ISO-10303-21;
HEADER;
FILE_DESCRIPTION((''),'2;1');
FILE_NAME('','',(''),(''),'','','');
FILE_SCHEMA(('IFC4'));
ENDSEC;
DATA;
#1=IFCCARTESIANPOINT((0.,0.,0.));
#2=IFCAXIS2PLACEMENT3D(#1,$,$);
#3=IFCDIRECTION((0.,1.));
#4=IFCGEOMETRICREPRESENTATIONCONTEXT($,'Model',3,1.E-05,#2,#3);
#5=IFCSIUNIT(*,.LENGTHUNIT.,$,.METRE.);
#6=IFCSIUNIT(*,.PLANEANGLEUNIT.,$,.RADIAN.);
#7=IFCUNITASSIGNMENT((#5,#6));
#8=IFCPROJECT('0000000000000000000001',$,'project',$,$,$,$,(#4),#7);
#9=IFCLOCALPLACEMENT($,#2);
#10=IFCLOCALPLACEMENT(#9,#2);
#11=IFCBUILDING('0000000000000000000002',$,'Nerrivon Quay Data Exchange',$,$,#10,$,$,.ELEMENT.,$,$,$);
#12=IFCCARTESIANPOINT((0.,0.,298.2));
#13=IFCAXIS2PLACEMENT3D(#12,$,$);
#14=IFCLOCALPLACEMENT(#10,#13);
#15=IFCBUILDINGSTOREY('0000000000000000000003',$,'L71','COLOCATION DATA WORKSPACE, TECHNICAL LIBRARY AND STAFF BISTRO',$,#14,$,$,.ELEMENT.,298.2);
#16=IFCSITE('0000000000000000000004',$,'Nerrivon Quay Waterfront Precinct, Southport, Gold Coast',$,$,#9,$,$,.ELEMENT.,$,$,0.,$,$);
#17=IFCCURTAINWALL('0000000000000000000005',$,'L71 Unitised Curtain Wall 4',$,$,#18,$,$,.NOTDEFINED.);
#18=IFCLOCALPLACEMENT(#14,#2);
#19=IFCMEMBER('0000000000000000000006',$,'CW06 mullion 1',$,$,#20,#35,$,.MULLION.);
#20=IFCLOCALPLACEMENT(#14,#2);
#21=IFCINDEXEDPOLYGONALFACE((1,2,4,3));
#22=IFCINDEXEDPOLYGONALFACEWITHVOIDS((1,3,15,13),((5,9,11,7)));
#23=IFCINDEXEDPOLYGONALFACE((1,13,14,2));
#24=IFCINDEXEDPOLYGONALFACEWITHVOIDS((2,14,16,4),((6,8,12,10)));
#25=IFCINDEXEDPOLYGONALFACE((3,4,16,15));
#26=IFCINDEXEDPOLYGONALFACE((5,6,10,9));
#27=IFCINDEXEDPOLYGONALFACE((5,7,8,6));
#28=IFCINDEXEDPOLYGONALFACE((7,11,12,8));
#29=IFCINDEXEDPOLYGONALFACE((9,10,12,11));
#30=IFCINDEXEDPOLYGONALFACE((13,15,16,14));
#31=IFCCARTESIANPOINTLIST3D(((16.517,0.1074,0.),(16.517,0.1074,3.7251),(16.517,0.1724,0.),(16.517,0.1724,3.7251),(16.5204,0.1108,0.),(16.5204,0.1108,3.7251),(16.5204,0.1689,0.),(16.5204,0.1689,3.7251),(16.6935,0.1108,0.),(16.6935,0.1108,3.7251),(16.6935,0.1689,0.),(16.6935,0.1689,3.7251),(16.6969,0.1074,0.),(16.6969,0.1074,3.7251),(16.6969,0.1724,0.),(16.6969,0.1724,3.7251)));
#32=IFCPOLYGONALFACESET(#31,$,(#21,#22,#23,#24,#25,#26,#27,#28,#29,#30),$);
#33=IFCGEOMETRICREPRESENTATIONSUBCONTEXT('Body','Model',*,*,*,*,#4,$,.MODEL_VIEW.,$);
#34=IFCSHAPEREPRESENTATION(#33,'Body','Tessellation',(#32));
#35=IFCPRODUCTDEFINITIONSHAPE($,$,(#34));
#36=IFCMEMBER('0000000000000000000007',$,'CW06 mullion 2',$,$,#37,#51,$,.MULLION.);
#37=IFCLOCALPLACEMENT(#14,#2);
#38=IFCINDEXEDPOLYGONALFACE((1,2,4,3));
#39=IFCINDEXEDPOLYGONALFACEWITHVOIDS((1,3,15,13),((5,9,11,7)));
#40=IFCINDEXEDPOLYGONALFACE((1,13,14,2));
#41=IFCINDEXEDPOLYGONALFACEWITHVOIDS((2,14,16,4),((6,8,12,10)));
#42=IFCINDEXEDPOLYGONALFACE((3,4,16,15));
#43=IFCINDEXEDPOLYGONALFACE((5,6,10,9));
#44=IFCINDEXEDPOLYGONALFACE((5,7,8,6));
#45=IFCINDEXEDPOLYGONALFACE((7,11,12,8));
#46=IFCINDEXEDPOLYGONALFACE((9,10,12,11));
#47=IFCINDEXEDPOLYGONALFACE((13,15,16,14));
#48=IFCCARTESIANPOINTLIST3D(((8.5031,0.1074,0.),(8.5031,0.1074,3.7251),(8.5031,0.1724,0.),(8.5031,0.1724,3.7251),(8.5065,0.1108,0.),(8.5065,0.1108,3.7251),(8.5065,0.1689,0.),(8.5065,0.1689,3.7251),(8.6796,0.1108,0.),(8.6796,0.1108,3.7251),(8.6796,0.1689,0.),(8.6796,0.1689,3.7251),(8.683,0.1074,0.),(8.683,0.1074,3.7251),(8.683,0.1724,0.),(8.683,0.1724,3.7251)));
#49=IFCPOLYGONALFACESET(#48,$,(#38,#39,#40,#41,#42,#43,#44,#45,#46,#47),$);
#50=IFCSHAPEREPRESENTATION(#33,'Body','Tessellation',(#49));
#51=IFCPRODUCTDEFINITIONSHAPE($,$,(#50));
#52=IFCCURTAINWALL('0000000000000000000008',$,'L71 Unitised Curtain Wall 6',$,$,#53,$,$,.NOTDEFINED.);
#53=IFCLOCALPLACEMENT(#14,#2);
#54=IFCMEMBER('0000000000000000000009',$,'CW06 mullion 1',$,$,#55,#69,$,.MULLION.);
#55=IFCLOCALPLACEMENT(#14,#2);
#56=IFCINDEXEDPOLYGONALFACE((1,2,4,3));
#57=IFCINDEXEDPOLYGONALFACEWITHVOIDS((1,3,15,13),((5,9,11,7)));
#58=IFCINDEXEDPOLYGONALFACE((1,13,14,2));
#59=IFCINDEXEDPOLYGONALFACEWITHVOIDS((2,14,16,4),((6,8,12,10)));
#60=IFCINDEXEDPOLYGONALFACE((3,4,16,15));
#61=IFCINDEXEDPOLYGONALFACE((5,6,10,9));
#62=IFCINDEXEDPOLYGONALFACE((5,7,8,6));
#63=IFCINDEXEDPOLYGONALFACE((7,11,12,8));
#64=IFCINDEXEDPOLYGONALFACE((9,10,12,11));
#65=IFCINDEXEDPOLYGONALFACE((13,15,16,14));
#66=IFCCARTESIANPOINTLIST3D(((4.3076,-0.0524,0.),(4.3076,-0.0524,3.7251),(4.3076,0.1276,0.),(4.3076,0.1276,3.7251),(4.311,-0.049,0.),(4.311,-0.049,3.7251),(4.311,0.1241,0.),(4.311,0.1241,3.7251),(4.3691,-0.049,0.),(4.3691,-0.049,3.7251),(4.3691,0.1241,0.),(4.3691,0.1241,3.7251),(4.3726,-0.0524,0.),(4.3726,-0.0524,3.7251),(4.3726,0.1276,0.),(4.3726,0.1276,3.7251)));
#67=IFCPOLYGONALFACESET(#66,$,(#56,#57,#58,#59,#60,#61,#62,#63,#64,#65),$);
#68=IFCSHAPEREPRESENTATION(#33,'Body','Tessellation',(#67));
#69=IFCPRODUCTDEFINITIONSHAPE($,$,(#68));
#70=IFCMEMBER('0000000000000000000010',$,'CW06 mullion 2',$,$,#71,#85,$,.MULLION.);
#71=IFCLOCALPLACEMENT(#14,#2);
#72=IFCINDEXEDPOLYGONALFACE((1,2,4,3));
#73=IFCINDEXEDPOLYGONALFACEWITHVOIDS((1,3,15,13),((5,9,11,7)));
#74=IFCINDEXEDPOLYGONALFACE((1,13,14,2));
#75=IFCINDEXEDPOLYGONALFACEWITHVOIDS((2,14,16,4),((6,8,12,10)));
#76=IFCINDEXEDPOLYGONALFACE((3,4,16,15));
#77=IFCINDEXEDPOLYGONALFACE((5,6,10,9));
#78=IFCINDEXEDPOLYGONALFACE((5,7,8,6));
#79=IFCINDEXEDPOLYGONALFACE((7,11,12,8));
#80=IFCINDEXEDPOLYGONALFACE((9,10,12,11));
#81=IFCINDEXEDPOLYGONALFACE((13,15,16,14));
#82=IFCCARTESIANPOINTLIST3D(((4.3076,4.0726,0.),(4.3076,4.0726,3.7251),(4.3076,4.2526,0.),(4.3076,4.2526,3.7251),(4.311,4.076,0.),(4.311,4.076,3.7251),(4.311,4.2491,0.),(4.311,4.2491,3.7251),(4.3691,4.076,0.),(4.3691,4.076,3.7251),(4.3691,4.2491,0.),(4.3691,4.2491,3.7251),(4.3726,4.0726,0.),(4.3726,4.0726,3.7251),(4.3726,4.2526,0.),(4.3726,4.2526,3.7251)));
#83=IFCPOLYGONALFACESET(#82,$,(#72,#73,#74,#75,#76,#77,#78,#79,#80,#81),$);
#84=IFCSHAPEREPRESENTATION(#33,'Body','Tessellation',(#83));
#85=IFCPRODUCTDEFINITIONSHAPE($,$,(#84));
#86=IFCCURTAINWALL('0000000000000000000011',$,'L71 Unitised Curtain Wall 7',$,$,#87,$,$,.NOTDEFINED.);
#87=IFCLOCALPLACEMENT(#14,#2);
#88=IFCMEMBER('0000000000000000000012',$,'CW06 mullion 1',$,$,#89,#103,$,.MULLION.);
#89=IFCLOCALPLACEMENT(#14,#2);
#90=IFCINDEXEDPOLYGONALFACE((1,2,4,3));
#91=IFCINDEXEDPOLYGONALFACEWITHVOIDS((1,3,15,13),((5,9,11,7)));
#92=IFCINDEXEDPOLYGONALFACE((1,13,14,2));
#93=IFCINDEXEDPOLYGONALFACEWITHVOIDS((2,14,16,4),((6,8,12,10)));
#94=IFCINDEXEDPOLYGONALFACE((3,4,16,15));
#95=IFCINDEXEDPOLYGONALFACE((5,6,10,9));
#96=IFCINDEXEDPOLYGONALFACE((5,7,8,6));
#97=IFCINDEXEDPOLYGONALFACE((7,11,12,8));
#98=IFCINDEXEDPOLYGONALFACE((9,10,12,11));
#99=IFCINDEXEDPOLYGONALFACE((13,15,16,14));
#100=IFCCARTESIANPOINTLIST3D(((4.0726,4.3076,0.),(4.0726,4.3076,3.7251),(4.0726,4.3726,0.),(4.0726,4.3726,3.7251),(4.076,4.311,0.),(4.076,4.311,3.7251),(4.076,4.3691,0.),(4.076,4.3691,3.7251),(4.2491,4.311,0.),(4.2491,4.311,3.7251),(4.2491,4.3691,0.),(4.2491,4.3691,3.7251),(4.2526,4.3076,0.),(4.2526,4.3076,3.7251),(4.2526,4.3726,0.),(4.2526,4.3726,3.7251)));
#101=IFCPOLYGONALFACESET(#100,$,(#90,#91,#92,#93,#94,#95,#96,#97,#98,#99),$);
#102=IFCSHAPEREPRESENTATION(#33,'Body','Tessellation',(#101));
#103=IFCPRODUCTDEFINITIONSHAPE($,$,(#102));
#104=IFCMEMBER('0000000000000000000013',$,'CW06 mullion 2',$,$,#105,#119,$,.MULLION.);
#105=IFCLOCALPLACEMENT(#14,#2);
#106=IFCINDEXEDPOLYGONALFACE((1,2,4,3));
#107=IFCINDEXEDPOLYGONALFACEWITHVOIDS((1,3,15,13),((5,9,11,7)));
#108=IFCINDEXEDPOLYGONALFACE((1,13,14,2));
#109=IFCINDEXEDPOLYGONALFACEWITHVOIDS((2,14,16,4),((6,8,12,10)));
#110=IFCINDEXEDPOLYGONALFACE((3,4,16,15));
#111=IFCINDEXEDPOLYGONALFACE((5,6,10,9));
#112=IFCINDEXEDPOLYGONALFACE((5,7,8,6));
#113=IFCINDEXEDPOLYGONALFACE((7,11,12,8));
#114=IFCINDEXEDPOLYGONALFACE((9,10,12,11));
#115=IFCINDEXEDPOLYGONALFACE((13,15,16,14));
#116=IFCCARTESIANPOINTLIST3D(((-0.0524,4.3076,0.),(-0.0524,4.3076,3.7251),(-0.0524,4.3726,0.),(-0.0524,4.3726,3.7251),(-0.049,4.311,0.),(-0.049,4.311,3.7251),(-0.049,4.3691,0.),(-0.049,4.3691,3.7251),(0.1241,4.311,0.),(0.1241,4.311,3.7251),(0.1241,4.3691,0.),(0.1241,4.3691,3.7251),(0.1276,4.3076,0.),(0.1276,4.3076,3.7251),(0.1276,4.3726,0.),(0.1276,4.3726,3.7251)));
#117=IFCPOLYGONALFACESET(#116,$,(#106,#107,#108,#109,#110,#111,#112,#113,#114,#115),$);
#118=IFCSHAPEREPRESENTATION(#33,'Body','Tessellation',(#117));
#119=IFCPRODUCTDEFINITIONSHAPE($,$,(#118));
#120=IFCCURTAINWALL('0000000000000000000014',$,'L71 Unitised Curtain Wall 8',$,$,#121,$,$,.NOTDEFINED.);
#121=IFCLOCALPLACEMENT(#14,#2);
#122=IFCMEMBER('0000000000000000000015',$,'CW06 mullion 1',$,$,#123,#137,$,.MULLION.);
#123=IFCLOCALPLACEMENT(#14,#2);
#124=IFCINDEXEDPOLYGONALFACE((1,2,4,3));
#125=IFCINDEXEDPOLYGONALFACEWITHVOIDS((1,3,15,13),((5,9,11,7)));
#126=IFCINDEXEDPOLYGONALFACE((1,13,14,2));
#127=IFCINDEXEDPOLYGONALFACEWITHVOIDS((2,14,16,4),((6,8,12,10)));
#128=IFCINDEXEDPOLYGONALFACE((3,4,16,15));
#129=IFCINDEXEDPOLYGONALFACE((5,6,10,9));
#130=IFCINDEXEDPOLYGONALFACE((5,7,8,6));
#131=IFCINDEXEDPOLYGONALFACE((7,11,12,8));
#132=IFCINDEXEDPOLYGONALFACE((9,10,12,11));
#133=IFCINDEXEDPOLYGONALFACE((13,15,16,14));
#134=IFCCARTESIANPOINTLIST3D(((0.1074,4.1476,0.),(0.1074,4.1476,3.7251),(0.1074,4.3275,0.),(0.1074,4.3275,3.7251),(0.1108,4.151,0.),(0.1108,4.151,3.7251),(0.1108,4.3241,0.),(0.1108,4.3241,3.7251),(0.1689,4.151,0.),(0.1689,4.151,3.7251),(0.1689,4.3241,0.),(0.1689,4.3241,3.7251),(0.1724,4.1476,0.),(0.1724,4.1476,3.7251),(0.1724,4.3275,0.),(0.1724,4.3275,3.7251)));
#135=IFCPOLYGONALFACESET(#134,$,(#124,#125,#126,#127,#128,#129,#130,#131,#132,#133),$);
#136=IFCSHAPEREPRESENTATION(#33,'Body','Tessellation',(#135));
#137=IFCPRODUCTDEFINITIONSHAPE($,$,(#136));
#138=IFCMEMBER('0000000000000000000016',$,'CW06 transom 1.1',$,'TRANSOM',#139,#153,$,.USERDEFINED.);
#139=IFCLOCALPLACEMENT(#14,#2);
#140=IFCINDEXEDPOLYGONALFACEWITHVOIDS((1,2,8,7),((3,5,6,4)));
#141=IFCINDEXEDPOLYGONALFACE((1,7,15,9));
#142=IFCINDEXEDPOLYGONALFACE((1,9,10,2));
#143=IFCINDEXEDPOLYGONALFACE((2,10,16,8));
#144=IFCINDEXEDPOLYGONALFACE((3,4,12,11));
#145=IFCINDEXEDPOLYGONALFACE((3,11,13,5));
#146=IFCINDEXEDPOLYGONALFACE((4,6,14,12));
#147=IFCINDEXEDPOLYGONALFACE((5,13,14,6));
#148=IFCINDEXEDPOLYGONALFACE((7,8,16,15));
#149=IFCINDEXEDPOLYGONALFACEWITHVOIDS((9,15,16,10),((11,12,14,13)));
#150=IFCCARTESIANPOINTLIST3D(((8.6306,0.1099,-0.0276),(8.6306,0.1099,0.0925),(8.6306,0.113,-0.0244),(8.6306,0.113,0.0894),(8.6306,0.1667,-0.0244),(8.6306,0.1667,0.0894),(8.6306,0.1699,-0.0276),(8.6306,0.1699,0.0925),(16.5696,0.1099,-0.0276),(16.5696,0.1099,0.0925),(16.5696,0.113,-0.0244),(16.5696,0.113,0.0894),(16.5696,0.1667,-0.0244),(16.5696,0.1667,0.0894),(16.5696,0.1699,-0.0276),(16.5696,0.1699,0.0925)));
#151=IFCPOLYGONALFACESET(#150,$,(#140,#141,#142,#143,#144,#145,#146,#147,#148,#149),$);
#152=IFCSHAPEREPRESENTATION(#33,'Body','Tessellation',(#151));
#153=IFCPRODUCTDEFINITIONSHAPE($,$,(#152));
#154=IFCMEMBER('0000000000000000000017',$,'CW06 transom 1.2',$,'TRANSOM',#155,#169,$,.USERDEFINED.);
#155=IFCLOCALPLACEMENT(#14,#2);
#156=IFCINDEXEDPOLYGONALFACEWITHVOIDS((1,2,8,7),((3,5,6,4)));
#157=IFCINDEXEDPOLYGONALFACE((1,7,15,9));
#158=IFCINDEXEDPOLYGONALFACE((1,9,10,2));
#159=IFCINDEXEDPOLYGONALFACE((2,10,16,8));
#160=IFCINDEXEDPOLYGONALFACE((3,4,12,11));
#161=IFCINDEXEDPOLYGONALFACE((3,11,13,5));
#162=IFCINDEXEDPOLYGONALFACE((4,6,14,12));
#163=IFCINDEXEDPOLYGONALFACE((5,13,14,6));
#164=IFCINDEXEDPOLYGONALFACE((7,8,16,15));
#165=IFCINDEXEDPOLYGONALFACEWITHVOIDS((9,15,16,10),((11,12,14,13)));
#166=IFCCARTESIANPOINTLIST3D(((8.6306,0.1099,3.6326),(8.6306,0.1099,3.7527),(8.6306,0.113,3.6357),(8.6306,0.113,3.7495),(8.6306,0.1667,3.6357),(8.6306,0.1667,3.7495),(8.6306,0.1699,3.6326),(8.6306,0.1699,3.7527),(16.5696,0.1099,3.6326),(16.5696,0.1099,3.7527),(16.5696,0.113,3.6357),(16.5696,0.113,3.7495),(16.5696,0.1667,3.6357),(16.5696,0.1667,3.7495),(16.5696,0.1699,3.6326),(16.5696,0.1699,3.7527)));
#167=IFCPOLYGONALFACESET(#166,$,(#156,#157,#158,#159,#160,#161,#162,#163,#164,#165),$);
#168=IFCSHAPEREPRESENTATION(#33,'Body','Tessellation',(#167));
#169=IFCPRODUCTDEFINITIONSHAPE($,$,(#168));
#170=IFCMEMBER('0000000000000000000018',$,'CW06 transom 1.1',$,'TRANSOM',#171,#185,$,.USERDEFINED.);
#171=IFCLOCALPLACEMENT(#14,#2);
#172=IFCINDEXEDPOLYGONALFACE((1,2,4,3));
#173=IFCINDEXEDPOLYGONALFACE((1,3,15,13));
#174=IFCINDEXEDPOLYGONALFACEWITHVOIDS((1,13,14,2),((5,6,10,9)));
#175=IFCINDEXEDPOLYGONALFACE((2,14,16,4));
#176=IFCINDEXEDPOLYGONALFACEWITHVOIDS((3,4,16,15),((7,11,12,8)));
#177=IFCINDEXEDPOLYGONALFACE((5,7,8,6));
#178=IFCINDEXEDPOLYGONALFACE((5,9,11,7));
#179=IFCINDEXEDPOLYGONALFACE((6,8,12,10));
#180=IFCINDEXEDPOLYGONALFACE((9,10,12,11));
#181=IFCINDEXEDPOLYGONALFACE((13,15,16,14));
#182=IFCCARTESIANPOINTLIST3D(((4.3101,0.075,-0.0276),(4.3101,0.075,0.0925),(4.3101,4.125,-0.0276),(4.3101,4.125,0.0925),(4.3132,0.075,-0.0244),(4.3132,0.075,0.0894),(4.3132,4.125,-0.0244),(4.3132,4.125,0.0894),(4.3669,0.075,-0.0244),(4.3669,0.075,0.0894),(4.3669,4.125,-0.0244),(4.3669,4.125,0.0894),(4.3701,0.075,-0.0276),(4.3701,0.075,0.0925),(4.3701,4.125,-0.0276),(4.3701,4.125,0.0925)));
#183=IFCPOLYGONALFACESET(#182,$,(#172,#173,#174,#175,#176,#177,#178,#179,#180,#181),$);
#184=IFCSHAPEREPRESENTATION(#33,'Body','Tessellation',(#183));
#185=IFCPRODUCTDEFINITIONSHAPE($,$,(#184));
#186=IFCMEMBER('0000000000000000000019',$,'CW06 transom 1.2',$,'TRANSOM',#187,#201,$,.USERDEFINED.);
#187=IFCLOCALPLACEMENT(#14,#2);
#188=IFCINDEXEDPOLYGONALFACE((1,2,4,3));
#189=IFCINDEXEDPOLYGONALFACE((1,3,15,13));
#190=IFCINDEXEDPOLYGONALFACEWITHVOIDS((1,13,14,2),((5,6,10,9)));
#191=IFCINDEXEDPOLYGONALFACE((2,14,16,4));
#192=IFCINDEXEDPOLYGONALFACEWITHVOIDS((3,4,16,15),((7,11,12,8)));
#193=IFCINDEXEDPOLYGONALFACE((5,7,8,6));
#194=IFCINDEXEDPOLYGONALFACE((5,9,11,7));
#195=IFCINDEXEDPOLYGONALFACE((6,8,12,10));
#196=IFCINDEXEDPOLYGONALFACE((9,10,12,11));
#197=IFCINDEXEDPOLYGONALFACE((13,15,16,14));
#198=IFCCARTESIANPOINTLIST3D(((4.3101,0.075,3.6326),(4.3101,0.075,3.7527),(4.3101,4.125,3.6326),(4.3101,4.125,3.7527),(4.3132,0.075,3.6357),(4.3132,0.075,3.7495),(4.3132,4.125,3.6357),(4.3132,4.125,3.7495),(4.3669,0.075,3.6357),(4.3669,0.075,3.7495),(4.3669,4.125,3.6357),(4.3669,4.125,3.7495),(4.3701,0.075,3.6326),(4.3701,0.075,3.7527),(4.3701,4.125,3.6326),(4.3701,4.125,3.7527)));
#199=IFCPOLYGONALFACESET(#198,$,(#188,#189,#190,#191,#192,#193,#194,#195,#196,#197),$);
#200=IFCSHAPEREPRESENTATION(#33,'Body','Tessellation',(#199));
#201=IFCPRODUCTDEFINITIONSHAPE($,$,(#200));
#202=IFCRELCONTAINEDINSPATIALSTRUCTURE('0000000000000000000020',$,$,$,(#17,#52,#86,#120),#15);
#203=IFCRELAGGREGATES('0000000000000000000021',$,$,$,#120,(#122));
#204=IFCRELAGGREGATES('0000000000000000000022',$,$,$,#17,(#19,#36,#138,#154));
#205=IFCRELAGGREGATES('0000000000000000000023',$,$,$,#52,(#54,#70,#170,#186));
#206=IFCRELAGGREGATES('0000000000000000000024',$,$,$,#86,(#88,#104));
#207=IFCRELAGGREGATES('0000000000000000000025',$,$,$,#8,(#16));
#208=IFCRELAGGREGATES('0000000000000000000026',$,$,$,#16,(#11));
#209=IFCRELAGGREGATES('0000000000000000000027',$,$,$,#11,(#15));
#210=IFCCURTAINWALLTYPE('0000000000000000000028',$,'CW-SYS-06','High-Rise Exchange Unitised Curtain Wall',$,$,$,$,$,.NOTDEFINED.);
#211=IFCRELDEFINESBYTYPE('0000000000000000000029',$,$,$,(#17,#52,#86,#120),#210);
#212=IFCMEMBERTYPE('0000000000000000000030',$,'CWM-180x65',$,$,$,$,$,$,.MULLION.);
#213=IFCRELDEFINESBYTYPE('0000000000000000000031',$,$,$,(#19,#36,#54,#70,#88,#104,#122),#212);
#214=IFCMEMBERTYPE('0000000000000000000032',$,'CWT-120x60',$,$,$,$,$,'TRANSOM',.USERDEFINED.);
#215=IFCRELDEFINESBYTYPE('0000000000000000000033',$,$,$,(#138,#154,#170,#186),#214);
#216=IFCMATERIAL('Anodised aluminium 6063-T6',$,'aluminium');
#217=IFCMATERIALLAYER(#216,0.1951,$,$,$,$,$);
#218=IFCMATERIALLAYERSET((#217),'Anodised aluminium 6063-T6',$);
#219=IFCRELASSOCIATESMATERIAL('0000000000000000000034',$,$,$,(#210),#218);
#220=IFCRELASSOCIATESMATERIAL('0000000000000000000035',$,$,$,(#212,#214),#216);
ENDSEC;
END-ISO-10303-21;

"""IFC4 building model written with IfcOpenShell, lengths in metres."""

from ifc_helpers import new_model, si_unit, direction, frame, origin, origin_2d, place, context, subcontext, project, spatial, hollow_rectangle, extrude, material, layer, layer_set, material_profile, profile_set, type_object, element, aggregate, save


model = new_model("IFC4")

# Units and contexts
model_context = context("Model", 3, precision=1e-05, world=origin(), true_north=direction((0.0, 1.0)))
body_context = subcontext(model_context, "Body", "Model", "MODEL_VIEW")
ifc_project = project(units=[si_unit("LENGTHUNIT", "METRE"), si_unit("PLANEANGLEUNIT", "RADIAN")], contexts=[model_context])

# Site, building, storey
site_placement = place(None, origin())
site = spatial("IfcSite", under=ifc_project, at=site_placement, Name="Nerrivon Quay Waterfront Precinct, Southport, Gold Coast", CompositionType="ELEMENT", RefElevation=0.0)
building_placement = place(site_placement, origin())
building = spatial("IfcBuilding", under=site, at=building_placement, Name="Nerrivon Quay Data Exchange", CompositionType="ELEMENT")
storey_placement = place(building_placement, frame((0.0, 0.0, 298.2)))
storey = spatial("IfcBuildingStorey", under=building, at=storey_placement, Name="L71", Description="COLOCATION DATA WORKSPACE, TECHNICAL LIBRARY AND STAFF BISTRO", CompositionType="ELEMENT", Elevation=298.2)

# Curtain walls, members
ifc_material_1 = material(Name="Anodised aluminium 6063-T6", Category="aluminium")
ifc_layer_1 = layer(ifc_material_1, 0.1951)
ifc_layer_set_1 = layer_set([ifc_layer_1], Name="Anodised aluminium 6063-T6")
curtain_wall_type = type_object("IfcCurtainWallType", Name="CW-SYS-06", Description="High-Rise Exchange Unitised Curtain Wall", PredefinedType="NOTDEFINED", material=ifc_layer_set_1)
curtain_wall_1_placement = place(storey_placement, origin())
curtain_wall_1 = element("IfcCurtainWall", 1, at=curtain_wall_1_placement, inside=storey, type_object=curtain_wall_type, Name="L71 Unitised Curtain Wall 4", PredefinedType="NOTDEFINED")
ifc_material_profile_1 = material_profile(ifc_material_1, hollow_rectangle(XDim=0.0649, YDim=0.1799, WallThickness=0.0034, at=origin_2d()), Name="ALU-MULL-180x65")
ifc_profile_set_1 = profile_set([ifc_material_profile_1], Name="Anodised aluminium 6063-T6")
member_type_1 = type_object("IfcMemberType", Name="CWM-180x65", PredefinedType="MULLION", material=ifc_profile_set_1)
member_1_placement = place(storey_placement, frame((16.6069, 0.1399, 0.0), z_axis=(0.0, 0.0, 1.0), x_axis=(0.0, -1.0, 0.0)))
member_1 = element("IfcMember", 2, at=member_1_placement, type_object=member_type_1, Name="CW06 mullion 1", PredefinedType="MULLION", context=body_context, shape_type="SweptSolid", body=[
    extrude(hollow_rectangle(XDim=0.0649, YDim=0.1799, WallThickness=0.0034, at=origin_2d()), origin(), (0.0, 0.0, 1.0), 3.7251),
])
member_2_placement = place(storey_placement, frame((8.593, 0.1399, 0.0), z_axis=(0.0, 0.0, 1.0), x_axis=(0.0, -1.0, 0.0)))
member_2 = element("IfcMember", 3, at=member_2_placement, type_object=member_type_1, Name="CW06 mullion 2", PredefinedType="MULLION", context=body_context, shape_type="SweptSolid", body=[
    extrude(hollow_rectangle(XDim=0.0649, YDim=0.1799, WallThickness=0.0034, at=origin_2d()), origin(), (0.0, 0.0, 1.0), 3.7251),
])
curtain_wall_2_placement = place(storey_placement, origin())
curtain_wall_2 = element("IfcCurtainWall", 4, at=curtain_wall_2_placement, inside=storey, type_object=curtain_wall_type, Name="L71 Unitised Curtain Wall 6", PredefinedType="NOTDEFINED")
member_3_placement = place(storey_placement, frame((4.3401, 0.0376, 0.0), z_axis=(0.0, 0.0, 1.0), x_axis=(-1.0, 0.0, 0.0)))
member_3 = element("IfcMember", 5, at=member_3_placement, type_object=member_type_1, Name="CW06 mullion 1", PredefinedType="MULLION", context=body_context, shape_type="SweptSolid", body=[
    extrude(hollow_rectangle(XDim=0.0649, YDim=0.1799, WallThickness=0.0034, at=origin_2d()), origin(), (0.0, 0.0, 1.0), 3.7251),
])
member_4_placement = place(storey_placement, frame((4.3401, 4.1626, 0.0), z_axis=(0.0, 0.0, 1.0), x_axis=(-1.0, 0.0, 0.0)))
member_4 = element("IfcMember", 6, at=member_4_placement, type_object=member_type_1, Name="CW06 mullion 2", PredefinedType="MULLION", context=body_context, shape_type="SweptSolid", body=[
    extrude(hollow_rectangle(XDim=0.0649, YDim=0.1799, WallThickness=0.0034, at=origin_2d()), origin(), (0.0, 0.0, 1.0), 3.7251),
])
curtain_wall_3_placement = place(storey_placement, origin())
curtain_wall_3 = element("IfcCurtainWall", 7, at=curtain_wall_3_placement, inside=storey, type_object=curtain_wall_type, Name="L71 Unitised Curtain Wall 7", PredefinedType="NOTDEFINED")
member_5_placement = place(storey_placement, frame((4.1626, 4.3401, 0.0), z_axis=(0.0, 0.0, 1.0), x_axis=(0.0, -1.0, 0.0)))
member_5 = element("IfcMember", 8, at=member_5_placement, type_object=member_type_1, Name="CW06 mullion 1", PredefinedType="MULLION", context=body_context, shape_type="SweptSolid", body=[
    extrude(hollow_rectangle(XDim=0.0649, YDim=0.1799, WallThickness=0.0034, at=origin_2d()), origin(), (0.0, 0.0, 1.0), 3.7251),
])
member_6_placement = place(storey_placement, frame((0.0376, 4.3401, 0.0), z_axis=(0.0, 0.0, 1.0), x_axis=(0.0, -1.0, 0.0)))
member_6 = element("IfcMember", 9, at=member_6_placement, type_object=member_type_1, Name="CW06 mullion 2", PredefinedType="MULLION", context=body_context, shape_type="SweptSolid", body=[
    extrude(hollow_rectangle(XDim=0.0649, YDim=0.1799, WallThickness=0.0034, at=origin_2d()), origin(), (0.0, 0.0, 1.0), 3.7251),
])

# Curtain wall, member
curtain_wall_4_placement = place(storey_placement, origin())
curtain_wall_4 = element("IfcCurtainWall", 10, at=curtain_wall_4_placement, inside=storey, type_object=curtain_wall_type, Name="L71 Unitised Curtain Wall 8", PredefinedType="NOTDEFINED")
member_7_placement = place(storey_placement, frame((0.1399, 4.2375, 0.0), z_axis=(0.0, 0.0, 1.0), x_axis=(-1.0, 0.0, 0.0)))
member_7 = element("IfcMember", 11, at=member_7_placement, type_object=member_type_1, Name="CW06 mullion 1", PredefinedType="MULLION", context=body_context, shape_type="SweptSolid", body=[
    extrude(hollow_rectangle(XDim=0.0649, YDim=0.1799, WallThickness=0.0034, at=origin_2d()), origin(), (0.0, 0.0, 1.0), 3.7251),
])

# Members
ifc_material_profile_2 = material_profile(ifc_material_1, hollow_rectangle(XDim=0.0601, YDim=0.1201, WallThickness=0.0032, at=origin_2d()), Name="ALU-TRAN-120x60")
ifc_profile_set_2 = profile_set([ifc_material_profile_2], Name="Anodised aluminium 6063-T6")
member_type_2 = type_object("IfcMemberType", Name="CWT-120x60", ElementType="TRANSOM", PredefinedType="USERDEFINED", material=ifc_profile_set_2)
member_8_placement = place(storey_placement, frame((16.5696, 0.1399, 0.0325), z_axis=(-1.0, 0.0, 0.0), x_axis=(0.0, -1.0, 0.0)))
member_8 = element("IfcMember", 12, at=member_8_placement, type_object=member_type_2, Name="CW06 transom 1.1", ObjectType="TRANSOM", PredefinedType="USERDEFINED", context=body_context, shape_type="SweptSolid", body=[
    extrude(hollow_rectangle(XDim=0.0601, YDim=0.1201, WallThickness=0.0032, at=origin_2d()), origin(), (0.0, 0.0, 1.0), 7.939),
])
member_9_placement = place(storey_placement, frame((16.5696, 0.1399, 3.6926), z_axis=(-1.0, 0.0, 0.0), x_axis=(0.0, -1.0, 0.0)))
member_9 = element("IfcMember", 13, at=member_9_placement, type_object=member_type_2, Name="CW06 transom 1.2", ObjectType="TRANSOM", PredefinedType="USERDEFINED", context=body_context, shape_type="SweptSolid", body=[
    extrude(hollow_rectangle(XDim=0.0601, YDim=0.1201, WallThickness=0.0032, at=origin_2d()), origin(), (0.0, 0.0, 1.0), 7.939),
])
member_10_placement = place(storey_placement, frame((4.3401, 0.075, 0.0325), z_axis=(0.0, 1.0, 0.0), x_axis=(-1.0, 0.0, 0.0)))
member_10 = element("IfcMember", 14, at=member_10_placement, type_object=member_type_2, Name="CW06 transom 1.1", ObjectType="TRANSOM", PredefinedType="USERDEFINED", context=body_context, shape_type="SweptSolid", body=[
    extrude(hollow_rectangle(XDim=0.0601, YDim=0.1201, WallThickness=0.0032, at=origin_2d()), origin(), (0.0, 0.0, 1.0), 4.05),
])
member_11_placement = place(storey_placement, frame((4.3401, 0.075, 3.6926), z_axis=(0.0, 1.0, 0.0), x_axis=(-1.0, 0.0, 0.0)))
member_11 = element("IfcMember", 15, at=member_11_placement, type_object=member_type_2, Name="CW06 transom 1.2", ObjectType="TRANSOM", PredefinedType="USERDEFINED", context=body_context, shape_type="SweptSolid", body=[
    extrude(hollow_rectangle(XDim=0.0601, YDim=0.1201, WallThickness=0.0032, at=origin_2d()), origin(), (0.0, 0.0, 1.0), 4.05),
])
aggregate(curtain_wall_4, [member_7])

aggregate(curtain_wall_1, [member_1, member_2, member_8, member_9])
aggregate(curtain_wall_2, [member_3, member_4, member_10, member_11])
aggregate(curtain_wall_3, [member_5, member_6])

save(model, "model.ifc")
